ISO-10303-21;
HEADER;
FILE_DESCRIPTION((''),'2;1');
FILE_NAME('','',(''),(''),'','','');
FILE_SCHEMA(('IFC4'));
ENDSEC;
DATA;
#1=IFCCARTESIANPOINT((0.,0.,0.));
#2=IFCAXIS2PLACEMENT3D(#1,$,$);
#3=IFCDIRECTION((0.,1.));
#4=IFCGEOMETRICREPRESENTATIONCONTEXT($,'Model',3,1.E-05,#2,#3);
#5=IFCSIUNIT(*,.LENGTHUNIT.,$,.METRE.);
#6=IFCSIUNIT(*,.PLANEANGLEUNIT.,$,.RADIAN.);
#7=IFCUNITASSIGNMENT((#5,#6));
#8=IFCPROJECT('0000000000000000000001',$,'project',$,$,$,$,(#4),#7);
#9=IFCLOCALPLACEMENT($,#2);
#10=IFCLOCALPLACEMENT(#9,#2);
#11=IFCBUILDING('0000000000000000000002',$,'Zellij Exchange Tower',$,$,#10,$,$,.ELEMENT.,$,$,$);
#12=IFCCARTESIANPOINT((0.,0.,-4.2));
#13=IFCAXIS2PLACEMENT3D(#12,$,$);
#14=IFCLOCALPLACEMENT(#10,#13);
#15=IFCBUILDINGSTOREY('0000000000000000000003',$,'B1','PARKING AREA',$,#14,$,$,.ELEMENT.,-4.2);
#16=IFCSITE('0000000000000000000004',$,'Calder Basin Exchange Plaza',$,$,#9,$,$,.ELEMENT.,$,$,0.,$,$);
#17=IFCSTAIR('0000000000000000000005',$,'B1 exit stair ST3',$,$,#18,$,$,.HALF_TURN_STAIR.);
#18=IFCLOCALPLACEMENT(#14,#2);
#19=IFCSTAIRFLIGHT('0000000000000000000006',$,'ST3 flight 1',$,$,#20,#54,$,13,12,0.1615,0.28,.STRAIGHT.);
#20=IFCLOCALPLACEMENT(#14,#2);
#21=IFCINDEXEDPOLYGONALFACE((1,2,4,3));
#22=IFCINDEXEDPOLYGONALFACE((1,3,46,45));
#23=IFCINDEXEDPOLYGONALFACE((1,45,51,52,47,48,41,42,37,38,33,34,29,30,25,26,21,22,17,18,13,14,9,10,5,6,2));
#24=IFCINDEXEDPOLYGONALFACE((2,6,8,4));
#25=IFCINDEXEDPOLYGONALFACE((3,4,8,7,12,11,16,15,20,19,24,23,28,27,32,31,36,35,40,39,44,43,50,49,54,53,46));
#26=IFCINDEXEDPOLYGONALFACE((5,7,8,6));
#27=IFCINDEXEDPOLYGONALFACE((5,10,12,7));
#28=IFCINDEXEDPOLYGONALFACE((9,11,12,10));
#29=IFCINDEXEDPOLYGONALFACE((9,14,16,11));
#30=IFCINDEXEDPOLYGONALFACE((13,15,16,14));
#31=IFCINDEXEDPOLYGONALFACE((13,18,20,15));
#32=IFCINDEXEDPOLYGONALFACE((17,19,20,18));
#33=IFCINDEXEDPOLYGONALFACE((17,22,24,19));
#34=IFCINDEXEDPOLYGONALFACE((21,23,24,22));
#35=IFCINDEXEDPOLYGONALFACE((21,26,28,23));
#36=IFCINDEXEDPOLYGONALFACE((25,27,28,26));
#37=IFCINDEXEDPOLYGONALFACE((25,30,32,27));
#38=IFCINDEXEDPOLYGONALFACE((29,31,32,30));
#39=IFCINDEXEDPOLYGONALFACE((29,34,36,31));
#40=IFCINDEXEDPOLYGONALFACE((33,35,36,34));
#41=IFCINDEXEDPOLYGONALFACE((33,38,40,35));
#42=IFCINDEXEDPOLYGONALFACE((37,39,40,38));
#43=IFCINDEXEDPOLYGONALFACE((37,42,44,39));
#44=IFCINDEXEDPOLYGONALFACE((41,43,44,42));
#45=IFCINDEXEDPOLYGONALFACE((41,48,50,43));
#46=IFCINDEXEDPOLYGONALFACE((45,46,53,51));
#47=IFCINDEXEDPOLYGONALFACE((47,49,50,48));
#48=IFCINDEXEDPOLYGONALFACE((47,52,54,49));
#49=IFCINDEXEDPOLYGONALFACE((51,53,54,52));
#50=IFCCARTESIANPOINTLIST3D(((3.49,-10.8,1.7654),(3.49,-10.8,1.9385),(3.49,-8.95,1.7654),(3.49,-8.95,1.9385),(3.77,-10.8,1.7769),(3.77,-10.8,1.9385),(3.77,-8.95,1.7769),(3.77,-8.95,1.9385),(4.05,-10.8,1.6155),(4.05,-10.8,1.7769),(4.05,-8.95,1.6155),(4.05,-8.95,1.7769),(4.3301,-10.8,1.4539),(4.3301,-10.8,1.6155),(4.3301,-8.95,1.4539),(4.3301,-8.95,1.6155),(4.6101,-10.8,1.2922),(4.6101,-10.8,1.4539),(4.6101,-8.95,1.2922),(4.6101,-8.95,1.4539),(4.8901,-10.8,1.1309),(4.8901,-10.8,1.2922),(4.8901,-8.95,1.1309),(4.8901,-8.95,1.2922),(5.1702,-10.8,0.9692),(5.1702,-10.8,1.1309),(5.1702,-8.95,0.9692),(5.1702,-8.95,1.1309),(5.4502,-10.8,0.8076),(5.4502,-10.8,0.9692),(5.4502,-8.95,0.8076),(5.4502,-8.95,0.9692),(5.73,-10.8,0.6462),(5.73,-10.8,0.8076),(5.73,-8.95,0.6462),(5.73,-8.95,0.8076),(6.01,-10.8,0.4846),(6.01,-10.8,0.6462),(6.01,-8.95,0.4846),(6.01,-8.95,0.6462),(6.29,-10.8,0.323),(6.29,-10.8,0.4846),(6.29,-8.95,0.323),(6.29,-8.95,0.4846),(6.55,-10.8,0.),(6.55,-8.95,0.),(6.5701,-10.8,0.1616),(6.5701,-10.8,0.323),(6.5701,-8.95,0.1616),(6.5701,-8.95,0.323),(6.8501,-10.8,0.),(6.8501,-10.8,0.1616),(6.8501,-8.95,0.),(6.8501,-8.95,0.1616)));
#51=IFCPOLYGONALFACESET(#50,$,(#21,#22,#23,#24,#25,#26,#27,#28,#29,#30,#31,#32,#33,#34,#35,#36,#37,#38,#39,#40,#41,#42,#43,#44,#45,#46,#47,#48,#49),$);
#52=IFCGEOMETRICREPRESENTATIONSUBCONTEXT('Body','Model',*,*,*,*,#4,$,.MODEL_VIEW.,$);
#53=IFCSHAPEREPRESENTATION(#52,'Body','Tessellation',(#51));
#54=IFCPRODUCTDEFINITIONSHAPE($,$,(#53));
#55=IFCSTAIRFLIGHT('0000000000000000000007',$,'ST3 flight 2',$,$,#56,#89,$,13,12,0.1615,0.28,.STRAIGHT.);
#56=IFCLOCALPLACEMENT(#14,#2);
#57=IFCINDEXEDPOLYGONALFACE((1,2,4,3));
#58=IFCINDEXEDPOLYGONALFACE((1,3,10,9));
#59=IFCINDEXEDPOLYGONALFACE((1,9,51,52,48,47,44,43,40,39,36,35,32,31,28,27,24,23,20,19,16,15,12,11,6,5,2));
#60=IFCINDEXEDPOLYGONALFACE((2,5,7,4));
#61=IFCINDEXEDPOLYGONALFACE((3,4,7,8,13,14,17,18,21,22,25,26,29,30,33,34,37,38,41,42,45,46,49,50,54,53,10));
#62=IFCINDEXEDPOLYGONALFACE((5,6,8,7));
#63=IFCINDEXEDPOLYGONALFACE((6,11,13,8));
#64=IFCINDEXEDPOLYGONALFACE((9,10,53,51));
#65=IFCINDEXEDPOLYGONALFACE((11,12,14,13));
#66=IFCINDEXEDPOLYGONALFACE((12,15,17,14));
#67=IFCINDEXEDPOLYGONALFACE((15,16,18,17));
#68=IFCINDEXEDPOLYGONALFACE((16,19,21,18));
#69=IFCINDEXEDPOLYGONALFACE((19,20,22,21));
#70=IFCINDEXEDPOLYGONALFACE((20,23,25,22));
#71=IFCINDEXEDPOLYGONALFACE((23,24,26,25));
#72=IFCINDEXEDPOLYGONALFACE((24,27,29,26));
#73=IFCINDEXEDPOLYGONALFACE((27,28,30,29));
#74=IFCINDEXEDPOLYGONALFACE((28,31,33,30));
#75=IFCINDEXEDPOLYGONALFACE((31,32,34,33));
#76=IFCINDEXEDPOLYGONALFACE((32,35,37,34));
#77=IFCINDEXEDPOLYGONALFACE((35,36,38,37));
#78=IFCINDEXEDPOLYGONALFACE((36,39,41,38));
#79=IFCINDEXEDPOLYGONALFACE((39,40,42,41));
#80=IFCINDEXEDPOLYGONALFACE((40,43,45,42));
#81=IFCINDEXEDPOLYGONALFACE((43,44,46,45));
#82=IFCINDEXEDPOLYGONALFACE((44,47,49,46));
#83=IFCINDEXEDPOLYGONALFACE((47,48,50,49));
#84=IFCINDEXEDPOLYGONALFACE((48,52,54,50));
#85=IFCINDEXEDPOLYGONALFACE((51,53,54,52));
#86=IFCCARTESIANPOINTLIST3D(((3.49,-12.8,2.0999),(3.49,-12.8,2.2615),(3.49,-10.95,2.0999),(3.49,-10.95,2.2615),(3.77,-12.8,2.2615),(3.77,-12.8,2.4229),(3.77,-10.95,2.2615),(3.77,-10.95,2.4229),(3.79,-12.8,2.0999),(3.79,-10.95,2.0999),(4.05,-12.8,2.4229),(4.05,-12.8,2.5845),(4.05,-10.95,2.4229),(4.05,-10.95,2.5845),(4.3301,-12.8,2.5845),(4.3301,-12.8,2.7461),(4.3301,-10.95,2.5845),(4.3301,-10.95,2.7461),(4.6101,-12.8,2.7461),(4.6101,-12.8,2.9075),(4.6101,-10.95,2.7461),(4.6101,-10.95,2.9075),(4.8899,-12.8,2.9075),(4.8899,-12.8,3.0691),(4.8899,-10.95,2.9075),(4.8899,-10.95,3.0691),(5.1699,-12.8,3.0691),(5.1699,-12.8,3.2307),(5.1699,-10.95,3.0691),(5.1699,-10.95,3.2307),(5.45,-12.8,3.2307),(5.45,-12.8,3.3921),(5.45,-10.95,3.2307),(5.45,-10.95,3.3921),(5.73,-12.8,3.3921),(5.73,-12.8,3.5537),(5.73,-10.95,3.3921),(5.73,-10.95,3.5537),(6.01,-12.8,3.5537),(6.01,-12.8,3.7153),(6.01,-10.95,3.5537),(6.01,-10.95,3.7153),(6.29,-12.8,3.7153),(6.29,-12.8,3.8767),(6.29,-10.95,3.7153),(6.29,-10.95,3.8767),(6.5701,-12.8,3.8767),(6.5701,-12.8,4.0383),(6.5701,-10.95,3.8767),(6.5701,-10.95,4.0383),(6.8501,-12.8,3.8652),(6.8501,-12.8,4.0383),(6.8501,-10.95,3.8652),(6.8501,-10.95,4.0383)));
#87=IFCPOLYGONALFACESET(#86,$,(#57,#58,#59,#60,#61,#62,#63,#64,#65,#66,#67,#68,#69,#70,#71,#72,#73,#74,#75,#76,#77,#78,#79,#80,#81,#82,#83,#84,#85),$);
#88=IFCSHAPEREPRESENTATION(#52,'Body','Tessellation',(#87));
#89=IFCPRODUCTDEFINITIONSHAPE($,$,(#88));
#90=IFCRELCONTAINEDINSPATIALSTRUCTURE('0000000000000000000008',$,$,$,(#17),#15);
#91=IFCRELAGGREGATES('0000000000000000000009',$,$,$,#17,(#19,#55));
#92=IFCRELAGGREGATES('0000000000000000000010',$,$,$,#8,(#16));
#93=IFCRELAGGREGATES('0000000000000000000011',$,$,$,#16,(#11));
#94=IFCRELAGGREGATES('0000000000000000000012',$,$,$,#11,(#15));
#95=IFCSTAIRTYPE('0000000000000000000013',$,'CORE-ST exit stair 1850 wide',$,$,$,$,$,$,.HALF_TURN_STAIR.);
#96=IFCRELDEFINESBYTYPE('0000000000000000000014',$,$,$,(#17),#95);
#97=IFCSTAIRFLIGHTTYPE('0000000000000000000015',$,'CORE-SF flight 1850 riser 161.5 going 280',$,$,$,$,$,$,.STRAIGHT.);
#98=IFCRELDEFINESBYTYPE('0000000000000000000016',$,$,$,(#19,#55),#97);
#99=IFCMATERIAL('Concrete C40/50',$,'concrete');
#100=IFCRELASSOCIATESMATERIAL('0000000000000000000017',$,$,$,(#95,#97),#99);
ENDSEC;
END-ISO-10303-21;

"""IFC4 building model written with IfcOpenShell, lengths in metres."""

from ifc_helpers import new_model, si_unit, direction, frame, origin, place, context, subcontext, project, spatial, polyline, outline, extrude, material, type_object, element, aggregate, save


model = new_model("IFC4")

# Units and contexts
model_context = context("Model", 3, precision=1e-05, world=origin(), true_north=direction((0.0, 1.0)))
body_context = subcontext(model_context, "Body", "Model", "MODEL_VIEW")
ifc_project = project(units=[si_unit("LENGTHUNIT", "METRE"), si_unit("PLANEANGLEUNIT", "RADIAN")], contexts=[model_context])

# Site, building, storey
site_placement = place(None, origin())
site = spatial("IfcSite", under=ifc_project, at=site_placement, Name="Calder Basin Exchange Plaza", CompositionType="ELEMENT", RefElevation=0.0)
building_placement = place(site_placement, origin())
building = spatial("IfcBuilding", under=site, at=building_placement, Name="Zellij Exchange Tower", CompositionType="ELEMENT")
storey_placement = place(building_placement, frame((0.0, 0.0, -4.2)))
storey = spatial("IfcBuildingStorey", under=building, at=storey_placement, Name="B1", Description="PARKING AREA", CompositionType="ELEMENT", Elevation=-4.2)

# Shared definitions
ifc_material_1 = material(Name="Concrete C40/50", Category="concrete")

# Shared definitions
stair_type = type_object("IfcStairType", Name="CORE-ST exit stair 1850 wide", PredefinedType="HALF_TURN_STAIR", material=ifc_material_1)
stair_flight_type = type_object("IfcStairFlightType", Name="CORE-SF flight 1850 riser 161.5 going 280", PredefinedType="STRAIGHT", material=ifc_material_1)

# Stair, stair flights
stair_1_placement = place(storey_placement, origin())
stair_1 = element("IfcStair", 1, at=stair_1_placement, inside=storey, type_object=stair_type, Name="B1 exit stair ST3", PredefinedType="HALF_TURN_STAIR")
stair_flight_1_placement = place(storey_placement, frame((6.8501, -9.875, 0.0), z_axis=(0.0, 0.0, 1.0), x_axis=(-1.0, 0.0, 0.0)))
stair_flight_1 = element("IfcStairFlight", 2, at=stair_flight_1_placement, type_object=stair_flight_type, Name="ST3 flight 1", NumberOfRisers=13, NumberOfTreads=12, PredefinedType="STRAIGHT", RiserHeight=0.1615, TreadLength=0.28, context=body_context, shape_type="SweptSolid", body=[
    extrude(outline(polyline([(0.0, 0.0), (0.0, 0.1616), (0.28, 0.1616), (0.28, 0.323), (0.5601, 0.323), (0.5601, 0.4846), (0.8401, 0.4846), (0.8401, 0.6462), (1.1201, 0.6462), (1.1201, 0.8076), (1.3999, 0.8076), (1.3999, 0.9692), (1.6799, 0.9692), (1.6799, 1.1309), (1.96, 1.1309), (1.96, 1.2922), (2.24, 1.2922), (2.24, 1.4539), (2.52, 1.4539), (2.52, 1.6155), (2.8, 1.6155), (2.8, 1.7769), (3.0801, 1.7769), (3.0801, 1.9385), (3.3601, 1.9385), (3.3601, 2.1001), (3.3601, 1.7654), (0.3, 0.0), (0.0, 0.0)])), frame((0.0, 0.925, 0.0), z_axis=(0.0, -1.0, 0.0), x_axis=(1.0, 0.0, 0.0)), (0.0, 0.0, 1.0), 1.8501),
])
stair_flight_2_placement = place(storey_placement, frame((3.49, -11.875, 2.0999), z_axis=(0.0, 0.0, 1.0), x_axis=(1.0, 0.0, 0.0)))
stair_flight_2 = element("IfcStairFlight", 3, at=stair_flight_2_placement, type_object=stair_flight_type, Name="ST3 flight 2", NumberOfRisers=13, NumberOfTreads=12, PredefinedType="STRAIGHT", RiserHeight=0.1615, TreadLength=0.28, context=body_context, shape_type="SweptSolid", body=[
    extrude(outline(polyline([(0.0, 0.0), (0.0, 0.1616), (0.28, 0.1616), (0.28, 0.323), (0.5601, 0.323), (0.5601, 0.4846), (0.8401, 0.4846), (0.8401, 0.6462), (1.1201, 0.6462), (1.1201, 0.8076), (1.3999, 0.8076), (1.3999, 0.9692), (1.6799, 0.9692), (1.6799, 1.1309), (1.96, 1.1309), (1.96, 1.2922), (2.24, 1.2922), (2.24, 1.4539), (2.52, 1.4539), (2.52, 1.6155), (2.8, 1.6155), (2.8, 1.7769), (3.0801, 1.7769), (3.0801, 1.9385), (3.3601, 1.9385), (3.3601, 2.1001), (3.3601, 1.7654), (0.3, 0.0), (0.0, 0.0)])), frame((0.0, 0.925, 0.0), z_axis=(0.0, -1.0, 0.0), x_axis=(1.0, 0.0, 0.0)), (0.0, 0.0, 1.0), 1.8501),
])
aggregate(stair_1, [stair_flight_1, stair_flight_2])

save(model, "model.ifc")
